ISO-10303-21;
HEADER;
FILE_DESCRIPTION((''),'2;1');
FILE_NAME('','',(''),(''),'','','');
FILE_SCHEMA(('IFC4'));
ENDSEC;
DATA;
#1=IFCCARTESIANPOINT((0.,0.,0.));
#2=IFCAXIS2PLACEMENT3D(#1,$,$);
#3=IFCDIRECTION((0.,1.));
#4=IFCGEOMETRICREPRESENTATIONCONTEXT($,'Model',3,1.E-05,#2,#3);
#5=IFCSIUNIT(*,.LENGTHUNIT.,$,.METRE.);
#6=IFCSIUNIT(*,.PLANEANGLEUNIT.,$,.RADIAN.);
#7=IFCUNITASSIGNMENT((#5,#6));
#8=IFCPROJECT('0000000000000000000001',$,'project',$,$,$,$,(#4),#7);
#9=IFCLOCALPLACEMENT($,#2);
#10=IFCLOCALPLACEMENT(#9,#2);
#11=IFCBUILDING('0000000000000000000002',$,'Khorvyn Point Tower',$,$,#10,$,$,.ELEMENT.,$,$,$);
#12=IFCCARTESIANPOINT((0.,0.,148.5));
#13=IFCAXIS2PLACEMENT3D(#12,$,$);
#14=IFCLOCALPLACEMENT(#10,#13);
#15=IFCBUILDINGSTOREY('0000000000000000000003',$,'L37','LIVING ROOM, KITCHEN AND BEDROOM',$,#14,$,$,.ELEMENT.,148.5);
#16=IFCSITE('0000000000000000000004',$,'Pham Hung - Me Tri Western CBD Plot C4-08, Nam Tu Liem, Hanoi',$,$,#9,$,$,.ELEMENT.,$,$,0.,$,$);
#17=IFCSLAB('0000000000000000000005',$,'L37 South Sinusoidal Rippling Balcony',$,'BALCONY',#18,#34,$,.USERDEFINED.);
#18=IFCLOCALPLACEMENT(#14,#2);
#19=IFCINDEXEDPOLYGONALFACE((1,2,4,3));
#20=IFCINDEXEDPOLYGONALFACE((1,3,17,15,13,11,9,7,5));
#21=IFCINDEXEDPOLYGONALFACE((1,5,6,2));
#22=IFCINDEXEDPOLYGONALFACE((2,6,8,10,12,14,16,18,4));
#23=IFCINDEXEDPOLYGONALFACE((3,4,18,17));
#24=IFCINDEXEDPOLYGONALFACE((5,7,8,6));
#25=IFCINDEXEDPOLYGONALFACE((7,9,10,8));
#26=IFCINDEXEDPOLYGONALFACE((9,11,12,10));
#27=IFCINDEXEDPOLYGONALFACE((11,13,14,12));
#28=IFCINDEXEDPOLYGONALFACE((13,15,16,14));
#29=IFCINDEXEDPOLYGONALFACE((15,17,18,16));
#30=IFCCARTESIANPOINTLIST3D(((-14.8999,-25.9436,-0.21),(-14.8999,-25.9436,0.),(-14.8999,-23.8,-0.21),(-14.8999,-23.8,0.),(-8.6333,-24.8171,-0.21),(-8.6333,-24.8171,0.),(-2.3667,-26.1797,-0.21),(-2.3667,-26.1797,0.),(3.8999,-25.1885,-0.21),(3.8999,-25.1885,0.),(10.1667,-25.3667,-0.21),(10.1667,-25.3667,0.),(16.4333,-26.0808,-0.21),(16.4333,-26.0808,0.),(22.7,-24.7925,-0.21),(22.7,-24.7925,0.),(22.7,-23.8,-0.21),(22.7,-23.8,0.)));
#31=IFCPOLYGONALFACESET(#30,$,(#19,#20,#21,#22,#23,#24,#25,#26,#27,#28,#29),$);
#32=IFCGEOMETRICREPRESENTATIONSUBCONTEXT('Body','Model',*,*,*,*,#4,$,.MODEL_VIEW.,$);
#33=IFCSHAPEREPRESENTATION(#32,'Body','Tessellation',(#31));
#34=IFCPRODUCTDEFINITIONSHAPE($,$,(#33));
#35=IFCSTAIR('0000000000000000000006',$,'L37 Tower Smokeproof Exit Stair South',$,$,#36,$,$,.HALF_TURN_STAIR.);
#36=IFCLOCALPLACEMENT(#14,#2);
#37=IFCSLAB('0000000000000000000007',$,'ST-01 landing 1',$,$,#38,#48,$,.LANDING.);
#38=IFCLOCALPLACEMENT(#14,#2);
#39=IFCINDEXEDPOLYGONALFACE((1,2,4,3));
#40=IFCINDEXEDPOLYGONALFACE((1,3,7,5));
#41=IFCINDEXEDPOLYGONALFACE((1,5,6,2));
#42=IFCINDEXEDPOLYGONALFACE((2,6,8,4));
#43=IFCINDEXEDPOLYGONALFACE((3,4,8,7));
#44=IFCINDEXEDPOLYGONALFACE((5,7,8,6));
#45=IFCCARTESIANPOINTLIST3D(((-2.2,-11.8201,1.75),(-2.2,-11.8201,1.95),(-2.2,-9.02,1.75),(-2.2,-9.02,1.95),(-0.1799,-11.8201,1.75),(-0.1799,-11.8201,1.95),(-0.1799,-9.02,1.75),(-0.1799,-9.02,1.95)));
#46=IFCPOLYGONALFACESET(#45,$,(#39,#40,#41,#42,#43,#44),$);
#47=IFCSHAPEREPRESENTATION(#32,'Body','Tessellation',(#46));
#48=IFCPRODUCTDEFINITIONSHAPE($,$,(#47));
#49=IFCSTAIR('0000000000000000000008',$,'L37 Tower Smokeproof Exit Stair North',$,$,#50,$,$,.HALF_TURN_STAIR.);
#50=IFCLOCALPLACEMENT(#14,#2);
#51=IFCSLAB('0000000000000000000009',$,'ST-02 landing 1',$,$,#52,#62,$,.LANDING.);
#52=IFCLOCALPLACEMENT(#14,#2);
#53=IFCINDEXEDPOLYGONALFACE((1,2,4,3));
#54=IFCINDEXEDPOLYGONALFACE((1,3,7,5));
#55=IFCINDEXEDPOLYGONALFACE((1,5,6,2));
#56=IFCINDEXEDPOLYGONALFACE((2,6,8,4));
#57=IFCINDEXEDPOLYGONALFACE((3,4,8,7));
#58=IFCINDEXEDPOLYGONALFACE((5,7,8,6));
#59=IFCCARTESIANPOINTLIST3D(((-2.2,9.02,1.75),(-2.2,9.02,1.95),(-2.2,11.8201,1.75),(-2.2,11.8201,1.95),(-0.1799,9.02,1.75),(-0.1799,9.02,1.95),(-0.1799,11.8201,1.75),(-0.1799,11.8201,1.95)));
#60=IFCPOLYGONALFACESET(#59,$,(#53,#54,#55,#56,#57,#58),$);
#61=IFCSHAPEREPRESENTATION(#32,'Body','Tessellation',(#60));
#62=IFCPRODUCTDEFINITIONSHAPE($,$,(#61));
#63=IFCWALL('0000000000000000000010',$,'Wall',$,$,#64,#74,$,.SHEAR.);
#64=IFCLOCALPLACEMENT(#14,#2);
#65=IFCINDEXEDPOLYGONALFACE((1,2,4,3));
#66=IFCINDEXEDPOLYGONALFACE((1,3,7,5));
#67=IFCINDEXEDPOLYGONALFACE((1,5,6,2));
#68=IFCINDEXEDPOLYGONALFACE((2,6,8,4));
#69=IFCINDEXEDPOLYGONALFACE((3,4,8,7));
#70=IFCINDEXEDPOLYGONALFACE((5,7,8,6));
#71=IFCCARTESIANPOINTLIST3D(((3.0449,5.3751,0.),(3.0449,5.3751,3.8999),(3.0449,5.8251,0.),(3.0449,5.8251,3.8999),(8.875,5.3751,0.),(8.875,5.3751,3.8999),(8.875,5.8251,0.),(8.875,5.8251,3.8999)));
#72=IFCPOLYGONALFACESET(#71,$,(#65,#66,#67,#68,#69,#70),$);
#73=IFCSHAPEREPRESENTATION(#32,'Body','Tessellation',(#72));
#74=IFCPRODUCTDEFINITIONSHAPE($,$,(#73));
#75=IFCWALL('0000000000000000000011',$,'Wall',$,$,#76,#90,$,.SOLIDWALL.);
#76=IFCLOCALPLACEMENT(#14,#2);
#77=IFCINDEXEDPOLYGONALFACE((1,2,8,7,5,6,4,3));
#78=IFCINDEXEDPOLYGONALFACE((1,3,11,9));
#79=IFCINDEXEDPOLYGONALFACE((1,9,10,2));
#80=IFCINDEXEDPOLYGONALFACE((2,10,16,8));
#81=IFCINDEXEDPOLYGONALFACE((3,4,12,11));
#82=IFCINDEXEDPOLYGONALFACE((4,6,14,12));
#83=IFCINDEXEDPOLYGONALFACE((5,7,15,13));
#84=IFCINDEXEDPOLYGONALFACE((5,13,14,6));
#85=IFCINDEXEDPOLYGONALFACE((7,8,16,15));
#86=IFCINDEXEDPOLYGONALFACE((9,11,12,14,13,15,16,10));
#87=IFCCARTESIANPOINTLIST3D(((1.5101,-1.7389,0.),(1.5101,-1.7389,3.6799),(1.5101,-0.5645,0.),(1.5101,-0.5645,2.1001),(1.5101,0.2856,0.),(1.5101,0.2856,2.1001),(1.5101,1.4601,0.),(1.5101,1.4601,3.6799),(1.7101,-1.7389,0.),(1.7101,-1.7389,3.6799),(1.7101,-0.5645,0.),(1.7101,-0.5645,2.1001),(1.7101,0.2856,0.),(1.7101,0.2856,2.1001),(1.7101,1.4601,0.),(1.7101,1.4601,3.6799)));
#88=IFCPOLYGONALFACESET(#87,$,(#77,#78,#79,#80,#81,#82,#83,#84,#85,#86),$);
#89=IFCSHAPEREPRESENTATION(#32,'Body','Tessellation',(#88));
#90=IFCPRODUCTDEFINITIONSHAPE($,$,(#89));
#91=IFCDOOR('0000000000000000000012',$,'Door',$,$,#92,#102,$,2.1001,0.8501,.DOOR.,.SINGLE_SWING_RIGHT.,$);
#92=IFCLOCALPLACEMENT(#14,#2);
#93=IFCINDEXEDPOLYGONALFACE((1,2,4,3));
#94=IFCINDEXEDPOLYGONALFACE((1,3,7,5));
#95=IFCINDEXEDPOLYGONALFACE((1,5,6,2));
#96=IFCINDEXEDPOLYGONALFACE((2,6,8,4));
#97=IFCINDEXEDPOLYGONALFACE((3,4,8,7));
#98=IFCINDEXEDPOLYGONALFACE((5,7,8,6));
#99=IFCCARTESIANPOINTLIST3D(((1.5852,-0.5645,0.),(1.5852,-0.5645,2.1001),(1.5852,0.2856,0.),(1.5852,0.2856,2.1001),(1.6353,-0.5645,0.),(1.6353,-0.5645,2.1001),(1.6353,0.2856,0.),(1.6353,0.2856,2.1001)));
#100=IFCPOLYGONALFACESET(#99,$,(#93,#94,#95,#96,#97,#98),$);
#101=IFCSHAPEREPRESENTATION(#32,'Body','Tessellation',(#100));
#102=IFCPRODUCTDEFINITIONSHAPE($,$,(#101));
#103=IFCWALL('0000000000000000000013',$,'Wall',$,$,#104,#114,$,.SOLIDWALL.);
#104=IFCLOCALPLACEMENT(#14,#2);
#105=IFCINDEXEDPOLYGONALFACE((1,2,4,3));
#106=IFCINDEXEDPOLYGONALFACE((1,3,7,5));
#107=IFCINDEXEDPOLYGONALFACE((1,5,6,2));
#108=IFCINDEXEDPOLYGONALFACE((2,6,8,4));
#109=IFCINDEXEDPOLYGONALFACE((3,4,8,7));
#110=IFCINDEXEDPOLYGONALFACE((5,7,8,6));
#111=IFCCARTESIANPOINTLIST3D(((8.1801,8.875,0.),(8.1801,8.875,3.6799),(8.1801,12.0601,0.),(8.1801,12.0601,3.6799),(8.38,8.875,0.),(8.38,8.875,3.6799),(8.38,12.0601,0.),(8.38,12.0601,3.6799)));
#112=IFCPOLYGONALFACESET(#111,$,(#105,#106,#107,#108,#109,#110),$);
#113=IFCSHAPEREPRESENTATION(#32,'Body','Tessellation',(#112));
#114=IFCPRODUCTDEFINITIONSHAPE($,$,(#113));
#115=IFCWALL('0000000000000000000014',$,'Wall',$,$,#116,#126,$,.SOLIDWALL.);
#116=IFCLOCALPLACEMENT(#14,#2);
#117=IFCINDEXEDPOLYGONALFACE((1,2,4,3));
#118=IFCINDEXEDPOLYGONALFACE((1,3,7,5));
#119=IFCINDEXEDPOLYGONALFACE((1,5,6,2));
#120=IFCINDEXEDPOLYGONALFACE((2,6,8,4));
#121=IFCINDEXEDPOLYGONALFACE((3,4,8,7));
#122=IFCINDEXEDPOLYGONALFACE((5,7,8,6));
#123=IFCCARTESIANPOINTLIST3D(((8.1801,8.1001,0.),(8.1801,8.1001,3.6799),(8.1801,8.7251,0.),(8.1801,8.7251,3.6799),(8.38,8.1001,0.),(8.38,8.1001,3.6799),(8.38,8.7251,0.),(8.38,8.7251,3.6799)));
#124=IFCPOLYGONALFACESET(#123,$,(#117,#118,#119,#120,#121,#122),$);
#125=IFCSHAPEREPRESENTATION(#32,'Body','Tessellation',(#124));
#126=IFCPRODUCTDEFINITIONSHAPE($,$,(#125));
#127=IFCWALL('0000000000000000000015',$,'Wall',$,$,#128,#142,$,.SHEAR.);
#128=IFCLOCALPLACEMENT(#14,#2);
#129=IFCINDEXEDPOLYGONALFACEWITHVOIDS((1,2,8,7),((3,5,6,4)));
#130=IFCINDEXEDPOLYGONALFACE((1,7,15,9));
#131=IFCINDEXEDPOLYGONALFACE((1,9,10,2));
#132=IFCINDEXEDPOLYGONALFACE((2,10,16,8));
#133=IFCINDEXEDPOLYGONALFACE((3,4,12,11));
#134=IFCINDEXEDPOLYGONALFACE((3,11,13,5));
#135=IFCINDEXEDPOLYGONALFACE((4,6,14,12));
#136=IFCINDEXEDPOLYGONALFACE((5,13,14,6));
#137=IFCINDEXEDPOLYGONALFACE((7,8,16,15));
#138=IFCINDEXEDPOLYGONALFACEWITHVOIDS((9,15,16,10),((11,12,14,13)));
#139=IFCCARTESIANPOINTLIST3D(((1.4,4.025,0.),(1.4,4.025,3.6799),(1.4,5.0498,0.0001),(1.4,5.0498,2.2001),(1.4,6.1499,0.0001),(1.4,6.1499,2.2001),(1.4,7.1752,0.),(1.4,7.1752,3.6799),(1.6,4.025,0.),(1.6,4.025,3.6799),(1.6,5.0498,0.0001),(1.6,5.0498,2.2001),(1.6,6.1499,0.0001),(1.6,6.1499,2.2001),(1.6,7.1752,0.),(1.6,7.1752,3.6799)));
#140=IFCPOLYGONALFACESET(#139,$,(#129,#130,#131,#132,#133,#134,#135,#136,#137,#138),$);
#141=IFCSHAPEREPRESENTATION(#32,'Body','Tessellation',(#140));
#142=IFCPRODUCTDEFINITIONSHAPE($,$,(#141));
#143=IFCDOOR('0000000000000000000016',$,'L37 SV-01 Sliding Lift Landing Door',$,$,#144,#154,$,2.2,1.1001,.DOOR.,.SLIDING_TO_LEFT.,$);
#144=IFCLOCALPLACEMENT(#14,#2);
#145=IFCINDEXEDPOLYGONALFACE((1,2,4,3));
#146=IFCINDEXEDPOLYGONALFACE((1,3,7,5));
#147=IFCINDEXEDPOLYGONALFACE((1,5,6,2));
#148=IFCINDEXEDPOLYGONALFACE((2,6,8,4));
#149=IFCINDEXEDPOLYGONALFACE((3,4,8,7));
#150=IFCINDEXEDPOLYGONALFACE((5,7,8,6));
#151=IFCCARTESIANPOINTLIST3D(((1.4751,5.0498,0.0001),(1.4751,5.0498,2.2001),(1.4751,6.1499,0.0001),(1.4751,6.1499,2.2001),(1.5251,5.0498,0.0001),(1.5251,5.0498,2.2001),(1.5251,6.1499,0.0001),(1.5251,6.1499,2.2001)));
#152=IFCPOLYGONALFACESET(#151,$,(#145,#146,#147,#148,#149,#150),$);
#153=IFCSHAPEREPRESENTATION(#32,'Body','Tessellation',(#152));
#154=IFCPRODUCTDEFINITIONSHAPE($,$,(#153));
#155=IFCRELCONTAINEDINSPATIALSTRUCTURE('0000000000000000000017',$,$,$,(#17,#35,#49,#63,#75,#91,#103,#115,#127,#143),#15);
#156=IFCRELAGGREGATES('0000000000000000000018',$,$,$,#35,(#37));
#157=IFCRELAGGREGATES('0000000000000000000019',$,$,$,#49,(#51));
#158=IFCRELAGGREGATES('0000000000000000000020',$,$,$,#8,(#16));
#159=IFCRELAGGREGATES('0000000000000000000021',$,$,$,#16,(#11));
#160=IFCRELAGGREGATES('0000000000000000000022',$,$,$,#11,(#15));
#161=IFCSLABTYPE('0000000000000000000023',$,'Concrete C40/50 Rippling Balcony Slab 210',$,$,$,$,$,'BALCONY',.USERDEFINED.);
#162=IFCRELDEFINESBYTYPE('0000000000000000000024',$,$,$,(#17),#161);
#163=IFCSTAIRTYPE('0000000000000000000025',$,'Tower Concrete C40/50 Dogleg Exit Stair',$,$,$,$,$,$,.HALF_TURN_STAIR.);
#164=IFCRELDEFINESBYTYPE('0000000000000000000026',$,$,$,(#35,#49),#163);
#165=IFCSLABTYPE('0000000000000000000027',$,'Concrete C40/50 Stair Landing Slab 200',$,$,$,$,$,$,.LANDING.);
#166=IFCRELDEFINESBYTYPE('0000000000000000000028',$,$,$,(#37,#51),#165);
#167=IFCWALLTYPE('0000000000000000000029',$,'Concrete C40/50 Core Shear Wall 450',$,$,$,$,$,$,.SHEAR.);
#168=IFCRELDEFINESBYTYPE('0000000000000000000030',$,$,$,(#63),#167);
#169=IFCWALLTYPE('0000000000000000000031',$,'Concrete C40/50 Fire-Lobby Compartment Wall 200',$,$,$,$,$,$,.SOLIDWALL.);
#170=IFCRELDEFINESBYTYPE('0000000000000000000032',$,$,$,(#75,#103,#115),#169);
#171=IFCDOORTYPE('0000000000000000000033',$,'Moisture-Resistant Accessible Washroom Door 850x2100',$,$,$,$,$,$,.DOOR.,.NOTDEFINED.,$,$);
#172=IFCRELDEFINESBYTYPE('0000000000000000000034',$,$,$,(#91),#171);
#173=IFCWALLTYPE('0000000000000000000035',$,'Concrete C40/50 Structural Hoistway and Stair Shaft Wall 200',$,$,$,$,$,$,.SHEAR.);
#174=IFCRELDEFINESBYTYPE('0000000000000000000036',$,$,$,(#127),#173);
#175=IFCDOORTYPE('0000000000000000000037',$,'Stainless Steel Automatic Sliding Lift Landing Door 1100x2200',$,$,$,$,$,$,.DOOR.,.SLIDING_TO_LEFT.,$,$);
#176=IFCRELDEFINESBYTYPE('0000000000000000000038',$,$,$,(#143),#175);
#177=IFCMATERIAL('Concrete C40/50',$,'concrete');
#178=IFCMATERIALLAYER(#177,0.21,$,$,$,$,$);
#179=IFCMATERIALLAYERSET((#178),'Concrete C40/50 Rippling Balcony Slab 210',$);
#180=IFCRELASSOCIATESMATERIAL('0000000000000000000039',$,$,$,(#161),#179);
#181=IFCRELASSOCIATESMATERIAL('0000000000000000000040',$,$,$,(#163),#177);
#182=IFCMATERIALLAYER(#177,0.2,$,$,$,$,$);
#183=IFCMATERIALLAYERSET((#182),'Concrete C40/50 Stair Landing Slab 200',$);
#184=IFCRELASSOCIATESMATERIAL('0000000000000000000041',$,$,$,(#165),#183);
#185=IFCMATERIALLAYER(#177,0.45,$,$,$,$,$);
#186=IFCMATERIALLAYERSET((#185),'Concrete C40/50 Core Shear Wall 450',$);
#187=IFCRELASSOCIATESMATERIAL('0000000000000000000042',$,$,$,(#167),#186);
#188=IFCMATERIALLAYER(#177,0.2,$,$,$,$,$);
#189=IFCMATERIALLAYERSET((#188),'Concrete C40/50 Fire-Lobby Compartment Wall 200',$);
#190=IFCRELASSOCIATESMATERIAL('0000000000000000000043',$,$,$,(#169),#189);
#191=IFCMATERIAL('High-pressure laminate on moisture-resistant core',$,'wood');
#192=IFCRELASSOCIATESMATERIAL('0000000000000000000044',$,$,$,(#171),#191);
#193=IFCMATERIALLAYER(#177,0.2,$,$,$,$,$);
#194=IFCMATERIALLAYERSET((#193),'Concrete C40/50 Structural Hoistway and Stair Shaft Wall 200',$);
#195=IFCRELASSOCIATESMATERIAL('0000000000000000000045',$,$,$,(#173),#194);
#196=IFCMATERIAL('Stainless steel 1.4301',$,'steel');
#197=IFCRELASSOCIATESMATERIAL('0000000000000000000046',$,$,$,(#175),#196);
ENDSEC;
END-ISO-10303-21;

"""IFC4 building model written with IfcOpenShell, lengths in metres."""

from ifc_helpers import new_model, si_unit, direction, frame, frame_2d, origin, place, context, subcontext, project, spatial, polyline, rectangle, outline, extrude, material, layer, layer_set, type_object, element, fill, aggregate, save


model = new_model("IFC4")

# Units and contexts
model_context = context("Model", 3, precision=1e-05, world=origin(), true_north=direction((0.0, 1.0)))
body_context = subcontext(model_context, "Body", "Model", "MODEL_VIEW")
ifc_project = project(units=[si_unit("LENGTHUNIT", "METRE"), si_unit("PLANEANGLEUNIT", "RADIAN")], contexts=[model_context])

# Site, building, storey
site_placement = place(None, origin())
site = spatial("IfcSite", under=ifc_project, at=site_placement, Name="Pham Hung - Me Tri Western CBD Plot C4-08, Nam Tu Liem, Hanoi", CompositionType="ELEMENT", RefElevation=0.0)
building_placement = place(site_placement, origin())
building = spatial("IfcBuilding", under=site, at=building_placement, Name="Khorvyn Point Tower", CompositionType="ELEMENT")
storey_placement = place(building_placement, frame((0.0, 0.0, 148.5)))
storey = spatial("IfcBuildingStorey", under=building, at=storey_placement, Name="L37", Description="LIVING ROOM, KITCHEN AND BEDROOM", CompositionType="ELEMENT", Elevation=148.5)

# Shared definitions
ifc_material_1 = material(Name="Concrete C40/50", Category="concrete")

# Slab
ifc_layer_1 = layer(ifc_material_1, 0.21)
ifc_layer_set_1 = layer_set([ifc_layer_1], Name="Concrete C40/50 Rippling Balcony Slab 210")
slab_type_1 = type_object("IfcSlabType", Name="Concrete C40/50 Rippling Balcony Slab 210", ElementType="BALCONY", PredefinedType="USERDEFINED", material=ifc_layer_set_1)
slab_1_placement = place(storey_placement, frame((0.0, 0.0, -0.21)))
element("IfcSlab", 1, at=slab_1_placement, inside=storey, type_object=slab_type_1, Name="L37 South Sinusoidal Rippling Balcony", ObjectType="BALCONY", PredefinedType="USERDEFINED", context=body_context, shape_type="SweptSolid", body=[
    extrude(outline(polyline([(-14.8999, -23.8), (-14.8999, -25.9436), (-8.6333, -24.8171), (-2.3667, -26.1797), (3.8999, -25.1885), (10.1667, -25.3667), (16.4333, -26.0808), (22.7, -24.7925), (22.7, -23.8), (-14.8999, -23.8)])), origin(), (0.0, 0.0, 1.0), 0.21),
])

# Stairs, slabs
stair_type = type_object("IfcStairType", Name="Tower Concrete C40/50 Dogleg Exit Stair", PredefinedType="HALF_TURN_STAIR", material=ifc_material_1)
stair_1_placement = place(storey_placement, origin())
stair_1 = element("IfcStair", 2, at=stair_1_placement, inside=storey, type_object=stair_type, Name="L37 Tower Smokeproof Exit Stair South", PredefinedType="HALF_TURN_STAIR")
ifc_layer_2 = layer(ifc_material_1, 0.2)
ifc_layer_set_2 = layer_set([ifc_layer_2], Name="Concrete C40/50 Stair Landing Slab 200")
slab_type_2 = type_object("IfcSlabType", Name="Concrete C40/50 Stair Landing Slab 200", PredefinedType="LANDING", material=ifc_layer_set_2)
slab_2_placement = place(storey_placement, frame((0.0, 0.0, 1.75)))
slab_2 = element("IfcSlab", 3, at=slab_2_placement, type_object=slab_type_2, Name="ST-01 landing 1", PredefinedType="LANDING", context=body_context, shape_type="SweptSolid", body=[
    extrude(outline(polyline([(-0.1799, -9.02), (-2.2, -9.02), (-2.2, -11.8201), (-0.1799, -11.8201), (-0.1799, -9.02)])), origin(), (0.0, 0.0, 1.0), 0.2),
])
aggregate(stair_1, [slab_2])
stair_2_placement = place(storey_placement, origin())
stair_2 = element("IfcStair", 4, at=stair_2_placement, inside=storey, type_object=stair_type, Name="L37 Tower Smokeproof Exit Stair North", PredefinedType="HALF_TURN_STAIR")
slab_3_placement = place(storey_placement, frame((0.0, 0.0, 1.75)))
slab_3 = element("IfcSlab", 5, at=slab_3_placement, type_object=slab_type_2, Name="ST-02 landing 1", PredefinedType="LANDING", context=body_context, shape_type="SweptSolid", body=[
    extrude(outline(polyline([(-0.1799, 11.8201), (-2.2, 11.8201), (-2.2, 9.02), (-0.1799, 9.02), (-0.1799, 11.8201)])), origin(), (0.0, 0.0, 1.0), 0.2),
])

# Wall
ifc_layer_3 = layer(ifc_material_1, 0.45)
ifc_layer_set_3 = layer_set([ifc_layer_3], Name="Concrete C40/50 Core Shear Wall 450")
wall_type_1 = type_object("IfcWallType", Name="Concrete C40/50 Core Shear Wall 450", PredefinedType="SHEAR", material=ifc_layer_set_3)
wall_1_placement = place(storey_placement, frame((3.0449, 5.6001, 0.0), z_axis=(0.0, 0.0, 1.0), x_axis=(1.0, 0.0, 0.0)))
element("IfcWall", 6, at=wall_1_placement, inside=storey, type_object=wall_type_1, Name="Wall", PredefinedType="SHEAR", context=body_context, shape_type="SweptSolid", body=[
    extrude(rectangle(XDim=5.8301, YDim=0.45, at=frame_2d((2.915, 0.0))), origin(), (0.0, 0.0, 1.0), 3.8999),
])

# Wall, opening, door
ifc_layer_4 = layer(ifc_material_1, 0.2)
ifc_layer_set_4 = layer_set([ifc_layer_4], Name="Concrete C40/50 Fire-Lobby Compartment Wall 200")
wall_type_2 = type_object("IfcWallType", Name="Concrete C40/50 Fire-Lobby Compartment Wall 200", PredefinedType="SOLIDWALL", material=ifc_layer_set_4)
wall_2_placement = place(storey_placement, frame((1.6101, -1.739, 0.0), z_axis=(0.0, 0.0, 1.0), x_axis=(0.0, 1.0, 0.0)))
wall_2 = element("IfcWall", 7, at=wall_2_placement, inside=storey, type_object=wall_type_2, Name="Wall", PredefinedType="SOLIDWALL", context=body_context, shape_type="SweptSolid", body=[
    extrude(rectangle(XDim=3.199, YDim=0.2, at=frame_2d((1.5996, 0.0))), origin(), (0.0, 0.0, 1.0), 3.6799),
])
opening_1_placement = place(wall_2_placement, frame((1.1746, 0.0, 0.0)))
opening_1 = element("IfcOpeningElement", 8, at=opening_1_placement, cuts=wall_2, PredefinedType="OPENING", context=body_context, shape_type="SweptSolid", body=[
    extrude(rectangle(XDim=0.8501, YDim=2.1001, at=frame_2d((0.425, 1.05))), frame((0.0, 0.1099, 0.0), z_axis=(0.0, -1.0, 0.0), x_axis=(1.0, 0.0, 0.0)), (0.0, 0.0, 1.0), 0.22),
])
ifc_material_2 = material(Name="High-pressure laminate on moisture-resistant core", Category="wood")
door_type_1 = type_object("IfcDoorType", Name="Moisture-Resistant Accessible Washroom Door 850x2100", OperationType="NOTDEFINED", PredefinedType="DOOR", material=ifc_material_2)
door_1_placement = place(opening_1_placement, origin())
door_1 = element("IfcDoor", 9, at=door_1_placement, inside=storey, type_object=door_type_1, Name="Door", OperationType="SINGLE_SWING_RIGHT", OverallHeight=2.1001, OverallWidth=0.8501, PredefinedType="DOOR", context=body_context, shape_type="SweptSolid", body=[
    extrude(rectangle(XDim=0.8501, YDim=2.1001, at=frame_2d((0.425, 1.05))), frame((0.0, 0.0249, 0.0), z_axis=(0.0, -1.0, 0.0), x_axis=(1.0, 0.0, 0.0)), (0.0, 0.0, 1.0), 0.05),
])
fill(opening_1, door_1)

# Walls
wall_3_placement = place(storey_placement, frame((8.28, 8.875, 0.0), z_axis=(0.0, 0.0, 1.0), x_axis=(0.0, 1.0, 0.0)))
element("IfcWall", 10, at=wall_3_placement, inside=storey, type_object=wall_type_2, Name="Wall", PredefinedType="SOLIDWALL", context=body_context, shape_type="SweptSolid", body=[
    extrude(rectangle(XDim=3.1851, YDim=0.2, at=frame_2d((1.5925, 0.0))), origin(), (0.0, 0.0, 1.0), 3.6799),
])
wall_4_placement = place(storey_placement, frame((8.28, 8.1001, 0.0), z_axis=(0.0, 0.0, 1.0), x_axis=(0.0, 1.0, 0.0)))
element("IfcWall", 11, at=wall_4_placement, inside=storey, type_object=wall_type_2, Name="Wall", PredefinedType="SOLIDWALL", context=body_context, shape_type="SweptSolid", body=[
    extrude(rectangle(XDim=0.625, YDim=0.2, at=frame_2d((0.3125, 0.0))), origin(), (0.0, 0.0, 1.0), 3.6799),
])

# Wall, opening, door
ifc_layer_5 = layer(ifc_material_1, 0.2)
ifc_layer_set_5 = layer_set([ifc_layer_5], Name="Concrete C40/50 Structural Hoistway and Stair Shaft Wall 200")
wall_type_3 = type_object("IfcWallType", Name="Concrete C40/50 Structural Hoistway and Stair Shaft Wall 200", PredefinedType="SHEAR", material=ifc_layer_set_5)
wall_5_placement = place(storey_placement, frame((1.5, 4.0249, 0.0), z_axis=(0.0, 0.0, 1.0), x_axis=(0.0, 1.0, 0.0)))
wall_5 = element("IfcWall", 12, at=wall_5_placement, inside=storey, type_object=wall_type_3, Name="Wall", PredefinedType="SHEAR", context=body_context, shape_type="SweptSolid", body=[
    extrude(rectangle(XDim=3.1501, YDim=0.2, at=frame_2d((1.5752, 0.0))), origin(), (0.0, 0.0, 1.0), 3.6799),
])
opening_2_placement = place(wall_5_placement, frame((1.0249, 0.0, 0.0)))
opening_2 = element("IfcOpeningElement", 13, at=opening_2_placement, cuts=wall_5, PredefinedType="OPENING", context=body_context, shape_type="SweptSolid", body=[
    extrude(rectangle(XDim=1.1001, YDim=2.2, at=frame_2d((0.55, 1.1001))), frame((0.0, 0.1099, 0.0), z_axis=(0.0, -1.0, 0.0), x_axis=(1.0, 0.0, 0.0)), (0.0, 0.0, 1.0), 0.22),
])
ifc_material_3 = material(Name="Stainless steel 1.4301", Category="steel")
door_type_2 = type_object("IfcDoorType", Name="Stainless Steel Automatic Sliding Lift Landing Door 1100x2200", OperationType="SLIDING_TO_LEFT", PredefinedType="DOOR", material=ifc_material_3)
door_2_placement = place(opening_2_placement, origin())
door_2 = element("IfcDoor", 14, at=door_2_placement, inside=storey, type_object=door_type_2, Name="L37 SV-01 Sliding Lift Landing Door", OperationType="SLIDING_TO_LEFT", OverallHeight=2.2, OverallWidth=1.1001, PredefinedType="DOOR", context=body_context, shape_type="SweptSolid", body=[
    extrude(rectangle(XDim=1.1001, YDim=2.2, at=frame_2d((0.55, 1.1001))), frame((0.0, 0.0249, 0.0), z_axis=(0.0, -1.0, 0.0), x_axis=(1.0, 0.0, 0.0)), (0.0, 0.0, 1.0), 0.05),
])
fill(opening_2, door_2)

aggregate(stair_2, [slab_3])

save(model, "model.ifc")
